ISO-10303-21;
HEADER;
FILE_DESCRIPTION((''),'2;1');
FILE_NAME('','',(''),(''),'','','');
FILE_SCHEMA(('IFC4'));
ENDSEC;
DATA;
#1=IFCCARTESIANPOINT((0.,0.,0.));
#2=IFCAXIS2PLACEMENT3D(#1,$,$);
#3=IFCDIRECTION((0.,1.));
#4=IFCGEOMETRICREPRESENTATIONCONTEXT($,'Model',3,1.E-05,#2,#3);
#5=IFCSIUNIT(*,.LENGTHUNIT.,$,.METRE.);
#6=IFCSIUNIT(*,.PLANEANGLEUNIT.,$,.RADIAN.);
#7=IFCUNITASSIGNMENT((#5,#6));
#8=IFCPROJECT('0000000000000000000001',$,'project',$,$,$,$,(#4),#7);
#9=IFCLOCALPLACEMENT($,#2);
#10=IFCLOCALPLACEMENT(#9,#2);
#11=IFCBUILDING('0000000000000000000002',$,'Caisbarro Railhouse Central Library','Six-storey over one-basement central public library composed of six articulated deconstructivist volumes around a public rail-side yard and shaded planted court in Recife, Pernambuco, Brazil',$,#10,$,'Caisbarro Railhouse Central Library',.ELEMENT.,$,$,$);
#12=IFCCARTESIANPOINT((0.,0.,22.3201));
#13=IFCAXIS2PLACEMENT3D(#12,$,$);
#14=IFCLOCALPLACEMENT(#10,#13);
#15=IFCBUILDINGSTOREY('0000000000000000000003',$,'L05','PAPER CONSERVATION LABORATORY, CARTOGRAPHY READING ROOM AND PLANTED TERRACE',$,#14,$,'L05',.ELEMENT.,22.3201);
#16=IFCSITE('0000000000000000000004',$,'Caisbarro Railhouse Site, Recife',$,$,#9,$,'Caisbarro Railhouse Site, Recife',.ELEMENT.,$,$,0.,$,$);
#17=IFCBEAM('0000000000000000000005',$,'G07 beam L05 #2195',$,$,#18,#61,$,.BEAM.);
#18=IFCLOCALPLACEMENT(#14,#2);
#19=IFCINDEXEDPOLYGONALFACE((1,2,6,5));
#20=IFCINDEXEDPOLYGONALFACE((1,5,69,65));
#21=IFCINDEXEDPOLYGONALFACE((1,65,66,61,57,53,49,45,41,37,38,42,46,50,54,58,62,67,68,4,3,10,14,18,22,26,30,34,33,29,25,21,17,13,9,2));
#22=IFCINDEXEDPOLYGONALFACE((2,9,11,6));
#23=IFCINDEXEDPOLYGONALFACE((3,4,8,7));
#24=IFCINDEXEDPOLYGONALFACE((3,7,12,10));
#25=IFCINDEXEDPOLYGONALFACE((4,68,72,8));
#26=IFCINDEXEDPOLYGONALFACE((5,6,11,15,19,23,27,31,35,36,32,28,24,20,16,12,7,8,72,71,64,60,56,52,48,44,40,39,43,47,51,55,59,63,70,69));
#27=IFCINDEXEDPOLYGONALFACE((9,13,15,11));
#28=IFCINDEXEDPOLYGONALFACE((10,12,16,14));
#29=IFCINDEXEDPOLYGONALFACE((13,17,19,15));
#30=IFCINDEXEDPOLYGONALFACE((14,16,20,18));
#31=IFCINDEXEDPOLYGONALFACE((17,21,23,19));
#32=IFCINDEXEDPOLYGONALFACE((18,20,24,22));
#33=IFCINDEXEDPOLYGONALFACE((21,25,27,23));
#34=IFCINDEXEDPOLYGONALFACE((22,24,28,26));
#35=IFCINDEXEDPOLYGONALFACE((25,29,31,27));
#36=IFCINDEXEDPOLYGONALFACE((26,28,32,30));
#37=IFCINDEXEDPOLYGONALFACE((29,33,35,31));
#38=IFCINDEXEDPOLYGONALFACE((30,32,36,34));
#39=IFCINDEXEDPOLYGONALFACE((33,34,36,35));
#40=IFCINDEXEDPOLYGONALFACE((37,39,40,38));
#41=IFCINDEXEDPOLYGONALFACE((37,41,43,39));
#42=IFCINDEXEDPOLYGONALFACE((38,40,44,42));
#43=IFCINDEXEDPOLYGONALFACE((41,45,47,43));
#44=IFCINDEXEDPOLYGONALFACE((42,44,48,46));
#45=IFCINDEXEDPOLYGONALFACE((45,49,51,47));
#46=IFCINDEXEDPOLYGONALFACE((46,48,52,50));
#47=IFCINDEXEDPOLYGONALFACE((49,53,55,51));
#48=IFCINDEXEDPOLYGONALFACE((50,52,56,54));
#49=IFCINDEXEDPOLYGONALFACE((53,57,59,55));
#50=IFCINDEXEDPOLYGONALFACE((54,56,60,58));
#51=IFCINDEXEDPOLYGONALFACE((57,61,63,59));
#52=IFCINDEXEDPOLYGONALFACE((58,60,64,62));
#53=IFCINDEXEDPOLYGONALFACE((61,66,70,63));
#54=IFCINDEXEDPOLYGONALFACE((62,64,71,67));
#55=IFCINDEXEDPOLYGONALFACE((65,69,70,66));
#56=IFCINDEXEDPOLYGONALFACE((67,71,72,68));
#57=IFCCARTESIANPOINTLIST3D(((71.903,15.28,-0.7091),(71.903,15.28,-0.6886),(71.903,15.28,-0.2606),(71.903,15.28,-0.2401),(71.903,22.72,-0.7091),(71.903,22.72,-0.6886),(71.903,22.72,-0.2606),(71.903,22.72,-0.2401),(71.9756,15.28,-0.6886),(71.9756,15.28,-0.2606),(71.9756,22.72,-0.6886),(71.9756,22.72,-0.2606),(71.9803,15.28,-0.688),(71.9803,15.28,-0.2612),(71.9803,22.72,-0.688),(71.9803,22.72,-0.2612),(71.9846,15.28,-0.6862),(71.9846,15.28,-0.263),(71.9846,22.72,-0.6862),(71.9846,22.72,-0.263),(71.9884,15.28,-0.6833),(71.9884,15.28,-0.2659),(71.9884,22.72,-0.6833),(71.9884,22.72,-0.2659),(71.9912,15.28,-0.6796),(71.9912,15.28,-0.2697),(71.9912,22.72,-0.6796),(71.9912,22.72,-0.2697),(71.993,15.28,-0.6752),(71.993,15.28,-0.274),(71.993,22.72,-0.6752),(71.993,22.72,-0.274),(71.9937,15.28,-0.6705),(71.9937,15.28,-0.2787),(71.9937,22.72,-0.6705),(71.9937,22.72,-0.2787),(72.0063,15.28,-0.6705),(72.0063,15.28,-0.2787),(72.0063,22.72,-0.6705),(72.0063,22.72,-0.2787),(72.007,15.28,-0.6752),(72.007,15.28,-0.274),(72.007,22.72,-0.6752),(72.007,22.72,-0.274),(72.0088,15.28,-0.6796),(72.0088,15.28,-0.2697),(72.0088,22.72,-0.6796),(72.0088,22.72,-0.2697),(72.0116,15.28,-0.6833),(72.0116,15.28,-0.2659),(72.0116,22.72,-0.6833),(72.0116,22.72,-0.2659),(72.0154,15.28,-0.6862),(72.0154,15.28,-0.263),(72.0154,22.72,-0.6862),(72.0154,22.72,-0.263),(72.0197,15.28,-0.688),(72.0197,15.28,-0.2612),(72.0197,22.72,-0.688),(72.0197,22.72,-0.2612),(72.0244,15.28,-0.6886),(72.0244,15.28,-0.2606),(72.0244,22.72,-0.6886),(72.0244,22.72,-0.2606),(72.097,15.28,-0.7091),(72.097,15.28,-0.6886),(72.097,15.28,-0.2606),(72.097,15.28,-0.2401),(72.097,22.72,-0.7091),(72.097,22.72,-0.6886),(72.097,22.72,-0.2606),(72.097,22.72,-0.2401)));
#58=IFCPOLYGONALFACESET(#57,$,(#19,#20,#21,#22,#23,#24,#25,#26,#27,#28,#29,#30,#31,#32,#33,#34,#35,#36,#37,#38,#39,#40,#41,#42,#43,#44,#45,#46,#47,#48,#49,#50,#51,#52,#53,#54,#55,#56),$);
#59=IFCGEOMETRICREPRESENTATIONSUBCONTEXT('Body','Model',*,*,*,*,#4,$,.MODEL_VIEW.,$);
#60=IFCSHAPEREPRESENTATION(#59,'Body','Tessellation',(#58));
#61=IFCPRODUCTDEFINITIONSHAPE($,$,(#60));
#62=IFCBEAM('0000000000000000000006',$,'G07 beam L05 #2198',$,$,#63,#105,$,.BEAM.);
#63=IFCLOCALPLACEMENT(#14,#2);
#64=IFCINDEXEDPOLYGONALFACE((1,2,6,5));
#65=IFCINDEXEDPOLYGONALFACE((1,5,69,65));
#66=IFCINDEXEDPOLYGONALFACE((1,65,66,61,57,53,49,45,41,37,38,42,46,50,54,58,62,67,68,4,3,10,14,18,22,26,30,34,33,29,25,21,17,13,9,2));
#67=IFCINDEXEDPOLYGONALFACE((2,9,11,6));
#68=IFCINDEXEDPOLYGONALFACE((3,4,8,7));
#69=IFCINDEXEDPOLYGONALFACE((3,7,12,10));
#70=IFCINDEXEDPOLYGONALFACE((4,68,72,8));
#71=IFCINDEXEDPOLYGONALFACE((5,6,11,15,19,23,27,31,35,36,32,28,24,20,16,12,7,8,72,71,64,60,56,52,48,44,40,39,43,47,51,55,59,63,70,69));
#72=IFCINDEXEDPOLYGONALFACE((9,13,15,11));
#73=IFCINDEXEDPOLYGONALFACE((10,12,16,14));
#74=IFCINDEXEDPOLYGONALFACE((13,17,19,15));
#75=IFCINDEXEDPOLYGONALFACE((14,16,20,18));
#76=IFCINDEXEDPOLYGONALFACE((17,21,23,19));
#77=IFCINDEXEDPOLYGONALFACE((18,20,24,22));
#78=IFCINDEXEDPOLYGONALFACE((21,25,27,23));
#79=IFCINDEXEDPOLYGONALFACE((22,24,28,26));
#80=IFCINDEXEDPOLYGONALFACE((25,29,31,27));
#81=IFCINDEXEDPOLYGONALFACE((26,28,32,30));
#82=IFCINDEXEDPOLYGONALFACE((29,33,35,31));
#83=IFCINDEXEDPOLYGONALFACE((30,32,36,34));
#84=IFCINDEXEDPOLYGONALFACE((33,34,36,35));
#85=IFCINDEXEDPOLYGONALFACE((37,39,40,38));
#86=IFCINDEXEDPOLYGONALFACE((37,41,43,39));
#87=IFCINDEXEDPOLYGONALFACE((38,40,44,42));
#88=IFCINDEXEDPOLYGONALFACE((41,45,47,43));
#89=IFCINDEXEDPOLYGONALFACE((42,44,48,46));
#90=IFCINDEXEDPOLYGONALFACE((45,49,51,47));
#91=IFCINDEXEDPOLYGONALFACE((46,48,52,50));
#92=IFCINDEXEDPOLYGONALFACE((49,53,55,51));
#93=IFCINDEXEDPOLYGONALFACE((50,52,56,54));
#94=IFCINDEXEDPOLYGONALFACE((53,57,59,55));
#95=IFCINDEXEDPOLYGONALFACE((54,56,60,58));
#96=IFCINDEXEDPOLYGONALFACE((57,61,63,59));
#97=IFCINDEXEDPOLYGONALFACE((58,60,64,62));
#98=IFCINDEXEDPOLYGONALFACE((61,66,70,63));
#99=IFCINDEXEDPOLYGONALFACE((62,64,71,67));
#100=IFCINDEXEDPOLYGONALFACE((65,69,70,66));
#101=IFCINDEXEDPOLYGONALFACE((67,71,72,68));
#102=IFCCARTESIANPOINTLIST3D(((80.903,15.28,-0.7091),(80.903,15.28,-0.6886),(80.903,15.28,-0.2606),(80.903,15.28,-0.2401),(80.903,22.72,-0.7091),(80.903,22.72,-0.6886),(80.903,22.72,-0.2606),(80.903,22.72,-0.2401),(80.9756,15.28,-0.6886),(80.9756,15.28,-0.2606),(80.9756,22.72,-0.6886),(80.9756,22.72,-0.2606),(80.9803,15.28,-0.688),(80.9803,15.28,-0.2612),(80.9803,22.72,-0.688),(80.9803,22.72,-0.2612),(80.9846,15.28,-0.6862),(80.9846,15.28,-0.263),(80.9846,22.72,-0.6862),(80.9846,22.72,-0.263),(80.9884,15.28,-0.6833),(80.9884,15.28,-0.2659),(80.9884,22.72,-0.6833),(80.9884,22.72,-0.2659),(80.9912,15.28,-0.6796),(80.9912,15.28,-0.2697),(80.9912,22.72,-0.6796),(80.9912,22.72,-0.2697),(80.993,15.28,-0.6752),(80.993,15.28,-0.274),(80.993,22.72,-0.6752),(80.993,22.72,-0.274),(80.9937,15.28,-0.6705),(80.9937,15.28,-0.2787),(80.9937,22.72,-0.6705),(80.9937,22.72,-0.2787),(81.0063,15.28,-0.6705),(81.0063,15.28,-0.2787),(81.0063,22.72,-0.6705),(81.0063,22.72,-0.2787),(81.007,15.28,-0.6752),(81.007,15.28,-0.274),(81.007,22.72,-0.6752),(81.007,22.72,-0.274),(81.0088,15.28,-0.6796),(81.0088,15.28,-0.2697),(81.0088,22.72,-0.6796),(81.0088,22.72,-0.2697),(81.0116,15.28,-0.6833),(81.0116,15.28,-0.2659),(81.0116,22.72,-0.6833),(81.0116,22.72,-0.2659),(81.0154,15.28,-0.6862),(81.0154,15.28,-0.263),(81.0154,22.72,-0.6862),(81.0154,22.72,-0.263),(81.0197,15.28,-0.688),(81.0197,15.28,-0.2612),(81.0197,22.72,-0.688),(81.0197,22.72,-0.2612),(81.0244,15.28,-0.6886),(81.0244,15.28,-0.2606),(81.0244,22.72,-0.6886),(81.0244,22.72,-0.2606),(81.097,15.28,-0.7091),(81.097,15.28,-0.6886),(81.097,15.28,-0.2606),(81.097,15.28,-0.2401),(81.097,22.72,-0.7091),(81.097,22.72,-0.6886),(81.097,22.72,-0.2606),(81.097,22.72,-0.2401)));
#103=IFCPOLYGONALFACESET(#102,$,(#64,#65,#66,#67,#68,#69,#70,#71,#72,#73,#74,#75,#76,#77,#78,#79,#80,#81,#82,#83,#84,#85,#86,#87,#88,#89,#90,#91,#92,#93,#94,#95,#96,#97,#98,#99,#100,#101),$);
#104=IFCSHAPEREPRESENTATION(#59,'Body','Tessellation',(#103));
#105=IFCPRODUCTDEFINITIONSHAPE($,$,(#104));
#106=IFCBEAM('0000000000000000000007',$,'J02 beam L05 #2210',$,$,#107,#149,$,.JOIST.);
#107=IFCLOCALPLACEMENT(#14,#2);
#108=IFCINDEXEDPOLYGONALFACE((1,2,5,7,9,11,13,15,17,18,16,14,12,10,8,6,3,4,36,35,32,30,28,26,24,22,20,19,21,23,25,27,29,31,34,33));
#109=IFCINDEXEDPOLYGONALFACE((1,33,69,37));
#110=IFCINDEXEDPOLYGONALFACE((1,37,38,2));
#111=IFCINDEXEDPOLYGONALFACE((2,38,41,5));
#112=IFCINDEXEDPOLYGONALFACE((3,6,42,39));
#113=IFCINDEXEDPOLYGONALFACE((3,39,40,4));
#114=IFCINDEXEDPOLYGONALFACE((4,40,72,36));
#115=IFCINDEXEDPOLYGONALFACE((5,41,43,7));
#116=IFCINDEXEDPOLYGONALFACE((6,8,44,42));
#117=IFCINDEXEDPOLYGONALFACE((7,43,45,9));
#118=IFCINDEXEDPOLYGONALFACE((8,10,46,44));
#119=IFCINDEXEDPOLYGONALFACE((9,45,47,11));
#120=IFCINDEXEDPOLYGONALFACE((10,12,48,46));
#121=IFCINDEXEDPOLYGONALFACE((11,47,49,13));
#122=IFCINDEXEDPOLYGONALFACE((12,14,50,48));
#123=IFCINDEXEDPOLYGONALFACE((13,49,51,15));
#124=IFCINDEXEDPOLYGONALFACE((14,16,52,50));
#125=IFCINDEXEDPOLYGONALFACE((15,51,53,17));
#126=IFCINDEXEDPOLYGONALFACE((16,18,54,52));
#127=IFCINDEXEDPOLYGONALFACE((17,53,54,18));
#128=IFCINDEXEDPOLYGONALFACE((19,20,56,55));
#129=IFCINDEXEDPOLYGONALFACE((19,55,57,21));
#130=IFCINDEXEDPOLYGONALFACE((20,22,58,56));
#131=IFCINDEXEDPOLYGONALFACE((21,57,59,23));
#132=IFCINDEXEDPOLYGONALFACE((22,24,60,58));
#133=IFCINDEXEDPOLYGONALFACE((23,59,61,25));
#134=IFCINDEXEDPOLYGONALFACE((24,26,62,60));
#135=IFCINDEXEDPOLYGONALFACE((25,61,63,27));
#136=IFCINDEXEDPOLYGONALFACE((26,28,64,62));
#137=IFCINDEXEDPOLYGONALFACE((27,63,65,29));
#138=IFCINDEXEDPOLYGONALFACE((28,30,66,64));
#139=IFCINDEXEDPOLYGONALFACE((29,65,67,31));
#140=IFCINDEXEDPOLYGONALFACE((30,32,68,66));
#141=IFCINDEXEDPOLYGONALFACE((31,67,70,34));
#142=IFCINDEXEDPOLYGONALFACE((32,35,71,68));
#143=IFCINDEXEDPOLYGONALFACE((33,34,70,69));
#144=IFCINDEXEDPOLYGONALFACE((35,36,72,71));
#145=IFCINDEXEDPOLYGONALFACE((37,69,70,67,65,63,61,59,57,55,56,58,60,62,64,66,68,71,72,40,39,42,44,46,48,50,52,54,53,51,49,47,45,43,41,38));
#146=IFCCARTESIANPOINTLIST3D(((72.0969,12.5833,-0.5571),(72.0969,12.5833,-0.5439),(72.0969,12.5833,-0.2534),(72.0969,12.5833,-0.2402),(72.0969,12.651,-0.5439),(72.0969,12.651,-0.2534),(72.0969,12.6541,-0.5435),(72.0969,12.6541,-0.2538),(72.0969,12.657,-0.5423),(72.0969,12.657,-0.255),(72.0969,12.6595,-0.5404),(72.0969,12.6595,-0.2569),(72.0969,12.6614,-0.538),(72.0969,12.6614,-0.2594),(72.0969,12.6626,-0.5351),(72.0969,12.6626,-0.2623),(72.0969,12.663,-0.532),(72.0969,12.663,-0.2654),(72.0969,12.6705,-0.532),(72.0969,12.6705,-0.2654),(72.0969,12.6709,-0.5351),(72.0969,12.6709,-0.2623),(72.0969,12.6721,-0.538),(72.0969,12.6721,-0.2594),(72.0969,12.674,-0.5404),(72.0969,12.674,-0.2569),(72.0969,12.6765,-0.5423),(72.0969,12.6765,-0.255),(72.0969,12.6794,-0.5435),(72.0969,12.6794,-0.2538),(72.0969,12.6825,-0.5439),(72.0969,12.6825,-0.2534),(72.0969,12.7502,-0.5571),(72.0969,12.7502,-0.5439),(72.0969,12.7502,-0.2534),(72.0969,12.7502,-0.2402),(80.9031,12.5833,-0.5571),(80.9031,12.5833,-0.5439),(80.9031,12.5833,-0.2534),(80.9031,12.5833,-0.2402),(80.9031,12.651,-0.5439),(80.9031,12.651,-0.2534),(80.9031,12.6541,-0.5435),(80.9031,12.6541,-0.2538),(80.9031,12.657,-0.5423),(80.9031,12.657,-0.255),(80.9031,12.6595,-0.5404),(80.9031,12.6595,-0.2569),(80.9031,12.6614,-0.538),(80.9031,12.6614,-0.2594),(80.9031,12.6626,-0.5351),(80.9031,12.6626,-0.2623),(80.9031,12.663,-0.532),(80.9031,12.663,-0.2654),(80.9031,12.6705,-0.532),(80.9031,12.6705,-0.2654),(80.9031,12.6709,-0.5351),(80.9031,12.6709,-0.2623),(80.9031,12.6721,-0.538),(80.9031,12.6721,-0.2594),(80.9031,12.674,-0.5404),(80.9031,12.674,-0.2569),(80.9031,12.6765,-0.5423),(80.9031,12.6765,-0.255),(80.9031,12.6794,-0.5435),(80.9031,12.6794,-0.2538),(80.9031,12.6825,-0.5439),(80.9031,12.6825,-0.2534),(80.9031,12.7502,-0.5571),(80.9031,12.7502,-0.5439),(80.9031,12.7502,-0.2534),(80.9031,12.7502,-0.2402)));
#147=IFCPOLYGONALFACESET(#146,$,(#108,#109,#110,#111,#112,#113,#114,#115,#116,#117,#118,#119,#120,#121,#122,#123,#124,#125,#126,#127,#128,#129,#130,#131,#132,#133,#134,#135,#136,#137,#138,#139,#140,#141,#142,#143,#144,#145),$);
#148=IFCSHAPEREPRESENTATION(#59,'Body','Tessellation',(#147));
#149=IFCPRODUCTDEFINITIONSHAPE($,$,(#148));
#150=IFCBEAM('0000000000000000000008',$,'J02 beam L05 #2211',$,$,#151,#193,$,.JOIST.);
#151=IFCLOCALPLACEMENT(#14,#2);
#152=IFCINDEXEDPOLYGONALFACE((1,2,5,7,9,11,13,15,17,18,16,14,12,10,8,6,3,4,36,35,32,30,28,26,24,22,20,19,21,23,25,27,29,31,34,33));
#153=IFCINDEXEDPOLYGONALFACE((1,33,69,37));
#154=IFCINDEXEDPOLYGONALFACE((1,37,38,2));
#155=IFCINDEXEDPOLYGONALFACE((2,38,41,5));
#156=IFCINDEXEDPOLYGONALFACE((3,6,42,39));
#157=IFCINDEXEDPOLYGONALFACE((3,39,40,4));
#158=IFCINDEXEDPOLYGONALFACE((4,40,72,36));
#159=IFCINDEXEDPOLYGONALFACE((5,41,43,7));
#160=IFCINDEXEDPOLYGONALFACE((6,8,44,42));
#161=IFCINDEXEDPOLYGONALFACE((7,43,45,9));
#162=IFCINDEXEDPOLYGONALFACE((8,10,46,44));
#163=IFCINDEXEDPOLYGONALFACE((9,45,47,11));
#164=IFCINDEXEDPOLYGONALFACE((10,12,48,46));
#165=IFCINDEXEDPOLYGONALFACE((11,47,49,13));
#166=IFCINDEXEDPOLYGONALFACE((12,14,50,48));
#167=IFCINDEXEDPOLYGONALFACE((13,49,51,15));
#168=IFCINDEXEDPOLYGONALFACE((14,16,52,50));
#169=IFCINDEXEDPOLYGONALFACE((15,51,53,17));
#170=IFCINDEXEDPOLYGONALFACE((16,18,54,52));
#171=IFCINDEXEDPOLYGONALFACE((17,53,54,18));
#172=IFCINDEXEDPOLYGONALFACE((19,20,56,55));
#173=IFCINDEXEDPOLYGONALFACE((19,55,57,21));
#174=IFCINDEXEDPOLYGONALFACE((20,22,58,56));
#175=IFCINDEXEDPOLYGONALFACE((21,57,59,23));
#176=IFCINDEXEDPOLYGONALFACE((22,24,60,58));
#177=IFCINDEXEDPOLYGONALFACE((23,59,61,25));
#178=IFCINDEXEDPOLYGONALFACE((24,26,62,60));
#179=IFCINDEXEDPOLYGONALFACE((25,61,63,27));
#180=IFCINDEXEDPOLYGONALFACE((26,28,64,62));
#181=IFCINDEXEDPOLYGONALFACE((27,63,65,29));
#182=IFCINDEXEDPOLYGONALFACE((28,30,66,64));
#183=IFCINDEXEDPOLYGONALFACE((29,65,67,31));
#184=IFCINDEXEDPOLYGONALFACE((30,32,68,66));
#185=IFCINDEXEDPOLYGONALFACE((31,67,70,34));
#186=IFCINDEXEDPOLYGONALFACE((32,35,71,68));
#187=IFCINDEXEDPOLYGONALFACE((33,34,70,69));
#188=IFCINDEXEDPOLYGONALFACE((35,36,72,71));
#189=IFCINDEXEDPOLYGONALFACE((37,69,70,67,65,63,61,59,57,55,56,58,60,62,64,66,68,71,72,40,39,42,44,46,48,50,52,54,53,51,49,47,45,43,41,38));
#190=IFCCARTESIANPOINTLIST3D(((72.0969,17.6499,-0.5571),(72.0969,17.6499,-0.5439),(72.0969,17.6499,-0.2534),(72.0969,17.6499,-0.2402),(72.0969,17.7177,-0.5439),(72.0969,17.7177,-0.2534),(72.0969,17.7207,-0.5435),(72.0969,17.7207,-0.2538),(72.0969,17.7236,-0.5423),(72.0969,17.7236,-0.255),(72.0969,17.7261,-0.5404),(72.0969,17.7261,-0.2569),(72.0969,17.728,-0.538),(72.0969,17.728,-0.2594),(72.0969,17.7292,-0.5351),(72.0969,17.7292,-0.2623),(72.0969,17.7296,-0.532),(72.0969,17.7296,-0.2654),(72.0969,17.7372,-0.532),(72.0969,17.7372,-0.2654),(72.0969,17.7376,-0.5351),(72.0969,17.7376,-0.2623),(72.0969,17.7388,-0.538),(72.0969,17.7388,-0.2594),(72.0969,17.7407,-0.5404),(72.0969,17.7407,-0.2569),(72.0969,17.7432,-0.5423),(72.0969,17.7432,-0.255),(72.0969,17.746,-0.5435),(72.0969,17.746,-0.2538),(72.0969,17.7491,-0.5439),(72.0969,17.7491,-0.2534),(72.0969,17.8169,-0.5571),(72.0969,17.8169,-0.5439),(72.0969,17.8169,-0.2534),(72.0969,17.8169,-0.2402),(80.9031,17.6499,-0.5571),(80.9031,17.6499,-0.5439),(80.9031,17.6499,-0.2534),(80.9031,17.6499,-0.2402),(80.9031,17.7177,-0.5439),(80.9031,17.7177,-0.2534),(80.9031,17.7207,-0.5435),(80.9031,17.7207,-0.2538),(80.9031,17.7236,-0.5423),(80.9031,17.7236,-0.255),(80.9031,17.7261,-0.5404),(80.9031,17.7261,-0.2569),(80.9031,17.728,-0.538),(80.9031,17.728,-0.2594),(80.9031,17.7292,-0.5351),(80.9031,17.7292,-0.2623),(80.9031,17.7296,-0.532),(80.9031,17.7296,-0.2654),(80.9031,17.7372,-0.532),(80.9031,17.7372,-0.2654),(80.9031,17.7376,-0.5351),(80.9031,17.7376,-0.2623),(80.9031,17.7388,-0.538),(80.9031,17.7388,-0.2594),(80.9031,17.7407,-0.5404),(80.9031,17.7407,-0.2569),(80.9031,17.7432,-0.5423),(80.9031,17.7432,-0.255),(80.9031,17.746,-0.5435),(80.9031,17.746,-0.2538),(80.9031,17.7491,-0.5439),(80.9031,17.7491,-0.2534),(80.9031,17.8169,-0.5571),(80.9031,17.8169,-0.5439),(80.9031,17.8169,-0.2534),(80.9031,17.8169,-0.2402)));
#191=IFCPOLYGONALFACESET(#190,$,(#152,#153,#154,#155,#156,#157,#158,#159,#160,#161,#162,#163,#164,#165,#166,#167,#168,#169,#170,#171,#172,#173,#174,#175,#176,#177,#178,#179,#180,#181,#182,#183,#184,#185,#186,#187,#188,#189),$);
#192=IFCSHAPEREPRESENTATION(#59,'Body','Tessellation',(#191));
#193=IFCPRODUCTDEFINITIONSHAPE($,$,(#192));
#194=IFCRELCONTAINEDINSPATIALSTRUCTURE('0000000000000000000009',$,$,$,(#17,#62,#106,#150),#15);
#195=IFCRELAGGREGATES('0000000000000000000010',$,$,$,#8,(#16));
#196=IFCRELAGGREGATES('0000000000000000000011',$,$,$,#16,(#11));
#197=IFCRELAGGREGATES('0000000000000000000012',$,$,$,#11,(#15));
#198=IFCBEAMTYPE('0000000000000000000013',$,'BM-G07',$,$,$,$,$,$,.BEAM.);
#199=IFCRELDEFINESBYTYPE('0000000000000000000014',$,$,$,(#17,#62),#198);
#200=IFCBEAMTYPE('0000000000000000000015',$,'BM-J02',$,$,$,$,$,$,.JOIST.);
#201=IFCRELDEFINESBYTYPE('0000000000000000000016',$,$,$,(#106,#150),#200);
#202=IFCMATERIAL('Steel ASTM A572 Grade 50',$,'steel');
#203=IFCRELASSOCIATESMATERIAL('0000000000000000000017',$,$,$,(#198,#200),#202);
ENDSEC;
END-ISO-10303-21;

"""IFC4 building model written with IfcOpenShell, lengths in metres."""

from ifc_helpers import new_model, si_unit, direction, frame, origin, origin_2d, place, context, subcontext, project, spatial, i_section, extrude, material, material_profile, profile_set, type_object, element, save


model = new_model("IFC4")

# Units and contexts
model_context = context("Model", 3, precision=1e-05, world=origin(), true_north=direction((0.0, 1.0)))
body_context = subcontext(model_context, "Body", "Model", "MODEL_VIEW")
ifc_project = project(units=[si_unit("LENGTHUNIT", "METRE"), si_unit("PLANEANGLEUNIT", "RADIAN")], contexts=[model_context])

# Site, building, storey
site_placement = place(None, origin())
site = spatial("IfcSite", under=ifc_project, at=site_placement, Name="Caisbarro Railhouse Site, Recife", LongName="Caisbarro Railhouse Site, Recife", CompositionType="ELEMENT", RefElevation=0.0)
building_placement = place(site_placement, origin())
building = spatial("IfcBuilding", under=site, at=building_placement, Name="Caisbarro Railhouse Central Library", Description="Six-storey over one-basement central public library composed of six articulated deconstructivist volumes around a public rail-side yard and shaded planted court in Recife, Pernambuco, Brazil", LongName="Caisbarro Railhouse Central Library", CompositionType="ELEMENT")
storey_placement = place(building_placement, frame((0.0, 0.0, 22.3201)))
storey = spatial("IfcBuildingStorey", under=building, at=storey_placement, Name="L05", Description="PAPER CONSERVATION LABORATORY, CARTOGRAPHY READING ROOM AND PLANTED TERRACE", LongName="L05", CompositionType="ELEMENT", Elevation=22.3201)

# Shared definitions
ifc_material_1 = material(Name="Steel ASTM A572 Grade 50", Category="steel")

# Beams
ifc_material_profile_1 = material_profile(ifc_material_1, i_section(OverallWidth=0.1941, OverallDepth=0.469, WebThickness=0.0127, FlangeThickness=0.0205, FilletRadius=0.0181, at=origin_2d()), Name="W460X106.0")
ifc_profile_set_1 = profile_set([ifc_material_profile_1], Name="Steel ASTM A572 Grade 50")
beam_type_1 = type_object("IfcBeamType", Name="BM-G07", PredefinedType="BEAM", material=ifc_profile_set_1)
for number, where, z_axis, x_axis, name in (
    (1, (72.0, 15.28, -0.4746), (0.0, 1.0, 0.0), (-1.0, 0.0, 0.0), "G07 beam L05 #2195"),
    (2, (81.0, 15.28, -0.4746), (0.0, 1.0, 0.0), (-1.0, 0.0, 0.0), "G07 beam L05 #2198"),
):
    element("IfcBeam", number, at=place(storey_placement, frame(where, z_axis=z_axis, x_axis=x_axis)), inside=storey, type_object=beam_type_1, Name=name, PredefinedType="BEAM", context=body_context, shape_type="SweptSolid", body=[
        extrude(i_section(OverallWidth=0.1941, OverallDepth=0.469, WebThickness=0.0127, FlangeThickness=0.0205, FilletRadius=0.0181, at=origin_2d()), origin(), (0.0, 0.0, 1.0), 7.4399),
    ])
ifc_material_profile_2 = material_profile(ifc_material_1, i_section(OverallWidth=0.167, OverallDepth=0.3169, WebThickness=0.0076, FlangeThickness=0.0132, FilletRadius=0.012, at=origin_2d()), Name="W310X52.0")
ifc_profile_set_2 = profile_set([ifc_material_profile_2], Name="Steel ASTM A572 Grade 50")
beam_type_2 = type_object("IfcBeamType", Name="BM-J02", PredefinedType="JOIST", material=ifc_profile_set_2)
for number, where, z_axis, x_axis, name in (
    (3, (72.0969, 12.6667, -0.3987), (1.0, 0.0, 0.0), (0.0, 1.0, 0.0), "J02 beam L05 #2210"),
    (4, (72.0969, 17.7334, -0.3987), (1.0, 0.0, 0.0), (0.0, 1.0, 0.0), "J02 beam L05 #2211"),
):
    element("IfcBeam", number, at=place(storey_placement, frame(where, z_axis=z_axis, x_axis=x_axis)), inside=storey, type_object=beam_type_2, Name=name, PredefinedType="JOIST", context=body_context, shape_type="SweptSolid", body=[
        extrude(i_section(OverallWidth=0.167, OverallDepth=0.3169, WebThickness=0.0076, FlangeThickness=0.0132, FilletRadius=0.012, at=origin_2d()), origin(), (0.0, 0.0, 1.0), 8.8062),
    ])

save(model, "model.ifc")
